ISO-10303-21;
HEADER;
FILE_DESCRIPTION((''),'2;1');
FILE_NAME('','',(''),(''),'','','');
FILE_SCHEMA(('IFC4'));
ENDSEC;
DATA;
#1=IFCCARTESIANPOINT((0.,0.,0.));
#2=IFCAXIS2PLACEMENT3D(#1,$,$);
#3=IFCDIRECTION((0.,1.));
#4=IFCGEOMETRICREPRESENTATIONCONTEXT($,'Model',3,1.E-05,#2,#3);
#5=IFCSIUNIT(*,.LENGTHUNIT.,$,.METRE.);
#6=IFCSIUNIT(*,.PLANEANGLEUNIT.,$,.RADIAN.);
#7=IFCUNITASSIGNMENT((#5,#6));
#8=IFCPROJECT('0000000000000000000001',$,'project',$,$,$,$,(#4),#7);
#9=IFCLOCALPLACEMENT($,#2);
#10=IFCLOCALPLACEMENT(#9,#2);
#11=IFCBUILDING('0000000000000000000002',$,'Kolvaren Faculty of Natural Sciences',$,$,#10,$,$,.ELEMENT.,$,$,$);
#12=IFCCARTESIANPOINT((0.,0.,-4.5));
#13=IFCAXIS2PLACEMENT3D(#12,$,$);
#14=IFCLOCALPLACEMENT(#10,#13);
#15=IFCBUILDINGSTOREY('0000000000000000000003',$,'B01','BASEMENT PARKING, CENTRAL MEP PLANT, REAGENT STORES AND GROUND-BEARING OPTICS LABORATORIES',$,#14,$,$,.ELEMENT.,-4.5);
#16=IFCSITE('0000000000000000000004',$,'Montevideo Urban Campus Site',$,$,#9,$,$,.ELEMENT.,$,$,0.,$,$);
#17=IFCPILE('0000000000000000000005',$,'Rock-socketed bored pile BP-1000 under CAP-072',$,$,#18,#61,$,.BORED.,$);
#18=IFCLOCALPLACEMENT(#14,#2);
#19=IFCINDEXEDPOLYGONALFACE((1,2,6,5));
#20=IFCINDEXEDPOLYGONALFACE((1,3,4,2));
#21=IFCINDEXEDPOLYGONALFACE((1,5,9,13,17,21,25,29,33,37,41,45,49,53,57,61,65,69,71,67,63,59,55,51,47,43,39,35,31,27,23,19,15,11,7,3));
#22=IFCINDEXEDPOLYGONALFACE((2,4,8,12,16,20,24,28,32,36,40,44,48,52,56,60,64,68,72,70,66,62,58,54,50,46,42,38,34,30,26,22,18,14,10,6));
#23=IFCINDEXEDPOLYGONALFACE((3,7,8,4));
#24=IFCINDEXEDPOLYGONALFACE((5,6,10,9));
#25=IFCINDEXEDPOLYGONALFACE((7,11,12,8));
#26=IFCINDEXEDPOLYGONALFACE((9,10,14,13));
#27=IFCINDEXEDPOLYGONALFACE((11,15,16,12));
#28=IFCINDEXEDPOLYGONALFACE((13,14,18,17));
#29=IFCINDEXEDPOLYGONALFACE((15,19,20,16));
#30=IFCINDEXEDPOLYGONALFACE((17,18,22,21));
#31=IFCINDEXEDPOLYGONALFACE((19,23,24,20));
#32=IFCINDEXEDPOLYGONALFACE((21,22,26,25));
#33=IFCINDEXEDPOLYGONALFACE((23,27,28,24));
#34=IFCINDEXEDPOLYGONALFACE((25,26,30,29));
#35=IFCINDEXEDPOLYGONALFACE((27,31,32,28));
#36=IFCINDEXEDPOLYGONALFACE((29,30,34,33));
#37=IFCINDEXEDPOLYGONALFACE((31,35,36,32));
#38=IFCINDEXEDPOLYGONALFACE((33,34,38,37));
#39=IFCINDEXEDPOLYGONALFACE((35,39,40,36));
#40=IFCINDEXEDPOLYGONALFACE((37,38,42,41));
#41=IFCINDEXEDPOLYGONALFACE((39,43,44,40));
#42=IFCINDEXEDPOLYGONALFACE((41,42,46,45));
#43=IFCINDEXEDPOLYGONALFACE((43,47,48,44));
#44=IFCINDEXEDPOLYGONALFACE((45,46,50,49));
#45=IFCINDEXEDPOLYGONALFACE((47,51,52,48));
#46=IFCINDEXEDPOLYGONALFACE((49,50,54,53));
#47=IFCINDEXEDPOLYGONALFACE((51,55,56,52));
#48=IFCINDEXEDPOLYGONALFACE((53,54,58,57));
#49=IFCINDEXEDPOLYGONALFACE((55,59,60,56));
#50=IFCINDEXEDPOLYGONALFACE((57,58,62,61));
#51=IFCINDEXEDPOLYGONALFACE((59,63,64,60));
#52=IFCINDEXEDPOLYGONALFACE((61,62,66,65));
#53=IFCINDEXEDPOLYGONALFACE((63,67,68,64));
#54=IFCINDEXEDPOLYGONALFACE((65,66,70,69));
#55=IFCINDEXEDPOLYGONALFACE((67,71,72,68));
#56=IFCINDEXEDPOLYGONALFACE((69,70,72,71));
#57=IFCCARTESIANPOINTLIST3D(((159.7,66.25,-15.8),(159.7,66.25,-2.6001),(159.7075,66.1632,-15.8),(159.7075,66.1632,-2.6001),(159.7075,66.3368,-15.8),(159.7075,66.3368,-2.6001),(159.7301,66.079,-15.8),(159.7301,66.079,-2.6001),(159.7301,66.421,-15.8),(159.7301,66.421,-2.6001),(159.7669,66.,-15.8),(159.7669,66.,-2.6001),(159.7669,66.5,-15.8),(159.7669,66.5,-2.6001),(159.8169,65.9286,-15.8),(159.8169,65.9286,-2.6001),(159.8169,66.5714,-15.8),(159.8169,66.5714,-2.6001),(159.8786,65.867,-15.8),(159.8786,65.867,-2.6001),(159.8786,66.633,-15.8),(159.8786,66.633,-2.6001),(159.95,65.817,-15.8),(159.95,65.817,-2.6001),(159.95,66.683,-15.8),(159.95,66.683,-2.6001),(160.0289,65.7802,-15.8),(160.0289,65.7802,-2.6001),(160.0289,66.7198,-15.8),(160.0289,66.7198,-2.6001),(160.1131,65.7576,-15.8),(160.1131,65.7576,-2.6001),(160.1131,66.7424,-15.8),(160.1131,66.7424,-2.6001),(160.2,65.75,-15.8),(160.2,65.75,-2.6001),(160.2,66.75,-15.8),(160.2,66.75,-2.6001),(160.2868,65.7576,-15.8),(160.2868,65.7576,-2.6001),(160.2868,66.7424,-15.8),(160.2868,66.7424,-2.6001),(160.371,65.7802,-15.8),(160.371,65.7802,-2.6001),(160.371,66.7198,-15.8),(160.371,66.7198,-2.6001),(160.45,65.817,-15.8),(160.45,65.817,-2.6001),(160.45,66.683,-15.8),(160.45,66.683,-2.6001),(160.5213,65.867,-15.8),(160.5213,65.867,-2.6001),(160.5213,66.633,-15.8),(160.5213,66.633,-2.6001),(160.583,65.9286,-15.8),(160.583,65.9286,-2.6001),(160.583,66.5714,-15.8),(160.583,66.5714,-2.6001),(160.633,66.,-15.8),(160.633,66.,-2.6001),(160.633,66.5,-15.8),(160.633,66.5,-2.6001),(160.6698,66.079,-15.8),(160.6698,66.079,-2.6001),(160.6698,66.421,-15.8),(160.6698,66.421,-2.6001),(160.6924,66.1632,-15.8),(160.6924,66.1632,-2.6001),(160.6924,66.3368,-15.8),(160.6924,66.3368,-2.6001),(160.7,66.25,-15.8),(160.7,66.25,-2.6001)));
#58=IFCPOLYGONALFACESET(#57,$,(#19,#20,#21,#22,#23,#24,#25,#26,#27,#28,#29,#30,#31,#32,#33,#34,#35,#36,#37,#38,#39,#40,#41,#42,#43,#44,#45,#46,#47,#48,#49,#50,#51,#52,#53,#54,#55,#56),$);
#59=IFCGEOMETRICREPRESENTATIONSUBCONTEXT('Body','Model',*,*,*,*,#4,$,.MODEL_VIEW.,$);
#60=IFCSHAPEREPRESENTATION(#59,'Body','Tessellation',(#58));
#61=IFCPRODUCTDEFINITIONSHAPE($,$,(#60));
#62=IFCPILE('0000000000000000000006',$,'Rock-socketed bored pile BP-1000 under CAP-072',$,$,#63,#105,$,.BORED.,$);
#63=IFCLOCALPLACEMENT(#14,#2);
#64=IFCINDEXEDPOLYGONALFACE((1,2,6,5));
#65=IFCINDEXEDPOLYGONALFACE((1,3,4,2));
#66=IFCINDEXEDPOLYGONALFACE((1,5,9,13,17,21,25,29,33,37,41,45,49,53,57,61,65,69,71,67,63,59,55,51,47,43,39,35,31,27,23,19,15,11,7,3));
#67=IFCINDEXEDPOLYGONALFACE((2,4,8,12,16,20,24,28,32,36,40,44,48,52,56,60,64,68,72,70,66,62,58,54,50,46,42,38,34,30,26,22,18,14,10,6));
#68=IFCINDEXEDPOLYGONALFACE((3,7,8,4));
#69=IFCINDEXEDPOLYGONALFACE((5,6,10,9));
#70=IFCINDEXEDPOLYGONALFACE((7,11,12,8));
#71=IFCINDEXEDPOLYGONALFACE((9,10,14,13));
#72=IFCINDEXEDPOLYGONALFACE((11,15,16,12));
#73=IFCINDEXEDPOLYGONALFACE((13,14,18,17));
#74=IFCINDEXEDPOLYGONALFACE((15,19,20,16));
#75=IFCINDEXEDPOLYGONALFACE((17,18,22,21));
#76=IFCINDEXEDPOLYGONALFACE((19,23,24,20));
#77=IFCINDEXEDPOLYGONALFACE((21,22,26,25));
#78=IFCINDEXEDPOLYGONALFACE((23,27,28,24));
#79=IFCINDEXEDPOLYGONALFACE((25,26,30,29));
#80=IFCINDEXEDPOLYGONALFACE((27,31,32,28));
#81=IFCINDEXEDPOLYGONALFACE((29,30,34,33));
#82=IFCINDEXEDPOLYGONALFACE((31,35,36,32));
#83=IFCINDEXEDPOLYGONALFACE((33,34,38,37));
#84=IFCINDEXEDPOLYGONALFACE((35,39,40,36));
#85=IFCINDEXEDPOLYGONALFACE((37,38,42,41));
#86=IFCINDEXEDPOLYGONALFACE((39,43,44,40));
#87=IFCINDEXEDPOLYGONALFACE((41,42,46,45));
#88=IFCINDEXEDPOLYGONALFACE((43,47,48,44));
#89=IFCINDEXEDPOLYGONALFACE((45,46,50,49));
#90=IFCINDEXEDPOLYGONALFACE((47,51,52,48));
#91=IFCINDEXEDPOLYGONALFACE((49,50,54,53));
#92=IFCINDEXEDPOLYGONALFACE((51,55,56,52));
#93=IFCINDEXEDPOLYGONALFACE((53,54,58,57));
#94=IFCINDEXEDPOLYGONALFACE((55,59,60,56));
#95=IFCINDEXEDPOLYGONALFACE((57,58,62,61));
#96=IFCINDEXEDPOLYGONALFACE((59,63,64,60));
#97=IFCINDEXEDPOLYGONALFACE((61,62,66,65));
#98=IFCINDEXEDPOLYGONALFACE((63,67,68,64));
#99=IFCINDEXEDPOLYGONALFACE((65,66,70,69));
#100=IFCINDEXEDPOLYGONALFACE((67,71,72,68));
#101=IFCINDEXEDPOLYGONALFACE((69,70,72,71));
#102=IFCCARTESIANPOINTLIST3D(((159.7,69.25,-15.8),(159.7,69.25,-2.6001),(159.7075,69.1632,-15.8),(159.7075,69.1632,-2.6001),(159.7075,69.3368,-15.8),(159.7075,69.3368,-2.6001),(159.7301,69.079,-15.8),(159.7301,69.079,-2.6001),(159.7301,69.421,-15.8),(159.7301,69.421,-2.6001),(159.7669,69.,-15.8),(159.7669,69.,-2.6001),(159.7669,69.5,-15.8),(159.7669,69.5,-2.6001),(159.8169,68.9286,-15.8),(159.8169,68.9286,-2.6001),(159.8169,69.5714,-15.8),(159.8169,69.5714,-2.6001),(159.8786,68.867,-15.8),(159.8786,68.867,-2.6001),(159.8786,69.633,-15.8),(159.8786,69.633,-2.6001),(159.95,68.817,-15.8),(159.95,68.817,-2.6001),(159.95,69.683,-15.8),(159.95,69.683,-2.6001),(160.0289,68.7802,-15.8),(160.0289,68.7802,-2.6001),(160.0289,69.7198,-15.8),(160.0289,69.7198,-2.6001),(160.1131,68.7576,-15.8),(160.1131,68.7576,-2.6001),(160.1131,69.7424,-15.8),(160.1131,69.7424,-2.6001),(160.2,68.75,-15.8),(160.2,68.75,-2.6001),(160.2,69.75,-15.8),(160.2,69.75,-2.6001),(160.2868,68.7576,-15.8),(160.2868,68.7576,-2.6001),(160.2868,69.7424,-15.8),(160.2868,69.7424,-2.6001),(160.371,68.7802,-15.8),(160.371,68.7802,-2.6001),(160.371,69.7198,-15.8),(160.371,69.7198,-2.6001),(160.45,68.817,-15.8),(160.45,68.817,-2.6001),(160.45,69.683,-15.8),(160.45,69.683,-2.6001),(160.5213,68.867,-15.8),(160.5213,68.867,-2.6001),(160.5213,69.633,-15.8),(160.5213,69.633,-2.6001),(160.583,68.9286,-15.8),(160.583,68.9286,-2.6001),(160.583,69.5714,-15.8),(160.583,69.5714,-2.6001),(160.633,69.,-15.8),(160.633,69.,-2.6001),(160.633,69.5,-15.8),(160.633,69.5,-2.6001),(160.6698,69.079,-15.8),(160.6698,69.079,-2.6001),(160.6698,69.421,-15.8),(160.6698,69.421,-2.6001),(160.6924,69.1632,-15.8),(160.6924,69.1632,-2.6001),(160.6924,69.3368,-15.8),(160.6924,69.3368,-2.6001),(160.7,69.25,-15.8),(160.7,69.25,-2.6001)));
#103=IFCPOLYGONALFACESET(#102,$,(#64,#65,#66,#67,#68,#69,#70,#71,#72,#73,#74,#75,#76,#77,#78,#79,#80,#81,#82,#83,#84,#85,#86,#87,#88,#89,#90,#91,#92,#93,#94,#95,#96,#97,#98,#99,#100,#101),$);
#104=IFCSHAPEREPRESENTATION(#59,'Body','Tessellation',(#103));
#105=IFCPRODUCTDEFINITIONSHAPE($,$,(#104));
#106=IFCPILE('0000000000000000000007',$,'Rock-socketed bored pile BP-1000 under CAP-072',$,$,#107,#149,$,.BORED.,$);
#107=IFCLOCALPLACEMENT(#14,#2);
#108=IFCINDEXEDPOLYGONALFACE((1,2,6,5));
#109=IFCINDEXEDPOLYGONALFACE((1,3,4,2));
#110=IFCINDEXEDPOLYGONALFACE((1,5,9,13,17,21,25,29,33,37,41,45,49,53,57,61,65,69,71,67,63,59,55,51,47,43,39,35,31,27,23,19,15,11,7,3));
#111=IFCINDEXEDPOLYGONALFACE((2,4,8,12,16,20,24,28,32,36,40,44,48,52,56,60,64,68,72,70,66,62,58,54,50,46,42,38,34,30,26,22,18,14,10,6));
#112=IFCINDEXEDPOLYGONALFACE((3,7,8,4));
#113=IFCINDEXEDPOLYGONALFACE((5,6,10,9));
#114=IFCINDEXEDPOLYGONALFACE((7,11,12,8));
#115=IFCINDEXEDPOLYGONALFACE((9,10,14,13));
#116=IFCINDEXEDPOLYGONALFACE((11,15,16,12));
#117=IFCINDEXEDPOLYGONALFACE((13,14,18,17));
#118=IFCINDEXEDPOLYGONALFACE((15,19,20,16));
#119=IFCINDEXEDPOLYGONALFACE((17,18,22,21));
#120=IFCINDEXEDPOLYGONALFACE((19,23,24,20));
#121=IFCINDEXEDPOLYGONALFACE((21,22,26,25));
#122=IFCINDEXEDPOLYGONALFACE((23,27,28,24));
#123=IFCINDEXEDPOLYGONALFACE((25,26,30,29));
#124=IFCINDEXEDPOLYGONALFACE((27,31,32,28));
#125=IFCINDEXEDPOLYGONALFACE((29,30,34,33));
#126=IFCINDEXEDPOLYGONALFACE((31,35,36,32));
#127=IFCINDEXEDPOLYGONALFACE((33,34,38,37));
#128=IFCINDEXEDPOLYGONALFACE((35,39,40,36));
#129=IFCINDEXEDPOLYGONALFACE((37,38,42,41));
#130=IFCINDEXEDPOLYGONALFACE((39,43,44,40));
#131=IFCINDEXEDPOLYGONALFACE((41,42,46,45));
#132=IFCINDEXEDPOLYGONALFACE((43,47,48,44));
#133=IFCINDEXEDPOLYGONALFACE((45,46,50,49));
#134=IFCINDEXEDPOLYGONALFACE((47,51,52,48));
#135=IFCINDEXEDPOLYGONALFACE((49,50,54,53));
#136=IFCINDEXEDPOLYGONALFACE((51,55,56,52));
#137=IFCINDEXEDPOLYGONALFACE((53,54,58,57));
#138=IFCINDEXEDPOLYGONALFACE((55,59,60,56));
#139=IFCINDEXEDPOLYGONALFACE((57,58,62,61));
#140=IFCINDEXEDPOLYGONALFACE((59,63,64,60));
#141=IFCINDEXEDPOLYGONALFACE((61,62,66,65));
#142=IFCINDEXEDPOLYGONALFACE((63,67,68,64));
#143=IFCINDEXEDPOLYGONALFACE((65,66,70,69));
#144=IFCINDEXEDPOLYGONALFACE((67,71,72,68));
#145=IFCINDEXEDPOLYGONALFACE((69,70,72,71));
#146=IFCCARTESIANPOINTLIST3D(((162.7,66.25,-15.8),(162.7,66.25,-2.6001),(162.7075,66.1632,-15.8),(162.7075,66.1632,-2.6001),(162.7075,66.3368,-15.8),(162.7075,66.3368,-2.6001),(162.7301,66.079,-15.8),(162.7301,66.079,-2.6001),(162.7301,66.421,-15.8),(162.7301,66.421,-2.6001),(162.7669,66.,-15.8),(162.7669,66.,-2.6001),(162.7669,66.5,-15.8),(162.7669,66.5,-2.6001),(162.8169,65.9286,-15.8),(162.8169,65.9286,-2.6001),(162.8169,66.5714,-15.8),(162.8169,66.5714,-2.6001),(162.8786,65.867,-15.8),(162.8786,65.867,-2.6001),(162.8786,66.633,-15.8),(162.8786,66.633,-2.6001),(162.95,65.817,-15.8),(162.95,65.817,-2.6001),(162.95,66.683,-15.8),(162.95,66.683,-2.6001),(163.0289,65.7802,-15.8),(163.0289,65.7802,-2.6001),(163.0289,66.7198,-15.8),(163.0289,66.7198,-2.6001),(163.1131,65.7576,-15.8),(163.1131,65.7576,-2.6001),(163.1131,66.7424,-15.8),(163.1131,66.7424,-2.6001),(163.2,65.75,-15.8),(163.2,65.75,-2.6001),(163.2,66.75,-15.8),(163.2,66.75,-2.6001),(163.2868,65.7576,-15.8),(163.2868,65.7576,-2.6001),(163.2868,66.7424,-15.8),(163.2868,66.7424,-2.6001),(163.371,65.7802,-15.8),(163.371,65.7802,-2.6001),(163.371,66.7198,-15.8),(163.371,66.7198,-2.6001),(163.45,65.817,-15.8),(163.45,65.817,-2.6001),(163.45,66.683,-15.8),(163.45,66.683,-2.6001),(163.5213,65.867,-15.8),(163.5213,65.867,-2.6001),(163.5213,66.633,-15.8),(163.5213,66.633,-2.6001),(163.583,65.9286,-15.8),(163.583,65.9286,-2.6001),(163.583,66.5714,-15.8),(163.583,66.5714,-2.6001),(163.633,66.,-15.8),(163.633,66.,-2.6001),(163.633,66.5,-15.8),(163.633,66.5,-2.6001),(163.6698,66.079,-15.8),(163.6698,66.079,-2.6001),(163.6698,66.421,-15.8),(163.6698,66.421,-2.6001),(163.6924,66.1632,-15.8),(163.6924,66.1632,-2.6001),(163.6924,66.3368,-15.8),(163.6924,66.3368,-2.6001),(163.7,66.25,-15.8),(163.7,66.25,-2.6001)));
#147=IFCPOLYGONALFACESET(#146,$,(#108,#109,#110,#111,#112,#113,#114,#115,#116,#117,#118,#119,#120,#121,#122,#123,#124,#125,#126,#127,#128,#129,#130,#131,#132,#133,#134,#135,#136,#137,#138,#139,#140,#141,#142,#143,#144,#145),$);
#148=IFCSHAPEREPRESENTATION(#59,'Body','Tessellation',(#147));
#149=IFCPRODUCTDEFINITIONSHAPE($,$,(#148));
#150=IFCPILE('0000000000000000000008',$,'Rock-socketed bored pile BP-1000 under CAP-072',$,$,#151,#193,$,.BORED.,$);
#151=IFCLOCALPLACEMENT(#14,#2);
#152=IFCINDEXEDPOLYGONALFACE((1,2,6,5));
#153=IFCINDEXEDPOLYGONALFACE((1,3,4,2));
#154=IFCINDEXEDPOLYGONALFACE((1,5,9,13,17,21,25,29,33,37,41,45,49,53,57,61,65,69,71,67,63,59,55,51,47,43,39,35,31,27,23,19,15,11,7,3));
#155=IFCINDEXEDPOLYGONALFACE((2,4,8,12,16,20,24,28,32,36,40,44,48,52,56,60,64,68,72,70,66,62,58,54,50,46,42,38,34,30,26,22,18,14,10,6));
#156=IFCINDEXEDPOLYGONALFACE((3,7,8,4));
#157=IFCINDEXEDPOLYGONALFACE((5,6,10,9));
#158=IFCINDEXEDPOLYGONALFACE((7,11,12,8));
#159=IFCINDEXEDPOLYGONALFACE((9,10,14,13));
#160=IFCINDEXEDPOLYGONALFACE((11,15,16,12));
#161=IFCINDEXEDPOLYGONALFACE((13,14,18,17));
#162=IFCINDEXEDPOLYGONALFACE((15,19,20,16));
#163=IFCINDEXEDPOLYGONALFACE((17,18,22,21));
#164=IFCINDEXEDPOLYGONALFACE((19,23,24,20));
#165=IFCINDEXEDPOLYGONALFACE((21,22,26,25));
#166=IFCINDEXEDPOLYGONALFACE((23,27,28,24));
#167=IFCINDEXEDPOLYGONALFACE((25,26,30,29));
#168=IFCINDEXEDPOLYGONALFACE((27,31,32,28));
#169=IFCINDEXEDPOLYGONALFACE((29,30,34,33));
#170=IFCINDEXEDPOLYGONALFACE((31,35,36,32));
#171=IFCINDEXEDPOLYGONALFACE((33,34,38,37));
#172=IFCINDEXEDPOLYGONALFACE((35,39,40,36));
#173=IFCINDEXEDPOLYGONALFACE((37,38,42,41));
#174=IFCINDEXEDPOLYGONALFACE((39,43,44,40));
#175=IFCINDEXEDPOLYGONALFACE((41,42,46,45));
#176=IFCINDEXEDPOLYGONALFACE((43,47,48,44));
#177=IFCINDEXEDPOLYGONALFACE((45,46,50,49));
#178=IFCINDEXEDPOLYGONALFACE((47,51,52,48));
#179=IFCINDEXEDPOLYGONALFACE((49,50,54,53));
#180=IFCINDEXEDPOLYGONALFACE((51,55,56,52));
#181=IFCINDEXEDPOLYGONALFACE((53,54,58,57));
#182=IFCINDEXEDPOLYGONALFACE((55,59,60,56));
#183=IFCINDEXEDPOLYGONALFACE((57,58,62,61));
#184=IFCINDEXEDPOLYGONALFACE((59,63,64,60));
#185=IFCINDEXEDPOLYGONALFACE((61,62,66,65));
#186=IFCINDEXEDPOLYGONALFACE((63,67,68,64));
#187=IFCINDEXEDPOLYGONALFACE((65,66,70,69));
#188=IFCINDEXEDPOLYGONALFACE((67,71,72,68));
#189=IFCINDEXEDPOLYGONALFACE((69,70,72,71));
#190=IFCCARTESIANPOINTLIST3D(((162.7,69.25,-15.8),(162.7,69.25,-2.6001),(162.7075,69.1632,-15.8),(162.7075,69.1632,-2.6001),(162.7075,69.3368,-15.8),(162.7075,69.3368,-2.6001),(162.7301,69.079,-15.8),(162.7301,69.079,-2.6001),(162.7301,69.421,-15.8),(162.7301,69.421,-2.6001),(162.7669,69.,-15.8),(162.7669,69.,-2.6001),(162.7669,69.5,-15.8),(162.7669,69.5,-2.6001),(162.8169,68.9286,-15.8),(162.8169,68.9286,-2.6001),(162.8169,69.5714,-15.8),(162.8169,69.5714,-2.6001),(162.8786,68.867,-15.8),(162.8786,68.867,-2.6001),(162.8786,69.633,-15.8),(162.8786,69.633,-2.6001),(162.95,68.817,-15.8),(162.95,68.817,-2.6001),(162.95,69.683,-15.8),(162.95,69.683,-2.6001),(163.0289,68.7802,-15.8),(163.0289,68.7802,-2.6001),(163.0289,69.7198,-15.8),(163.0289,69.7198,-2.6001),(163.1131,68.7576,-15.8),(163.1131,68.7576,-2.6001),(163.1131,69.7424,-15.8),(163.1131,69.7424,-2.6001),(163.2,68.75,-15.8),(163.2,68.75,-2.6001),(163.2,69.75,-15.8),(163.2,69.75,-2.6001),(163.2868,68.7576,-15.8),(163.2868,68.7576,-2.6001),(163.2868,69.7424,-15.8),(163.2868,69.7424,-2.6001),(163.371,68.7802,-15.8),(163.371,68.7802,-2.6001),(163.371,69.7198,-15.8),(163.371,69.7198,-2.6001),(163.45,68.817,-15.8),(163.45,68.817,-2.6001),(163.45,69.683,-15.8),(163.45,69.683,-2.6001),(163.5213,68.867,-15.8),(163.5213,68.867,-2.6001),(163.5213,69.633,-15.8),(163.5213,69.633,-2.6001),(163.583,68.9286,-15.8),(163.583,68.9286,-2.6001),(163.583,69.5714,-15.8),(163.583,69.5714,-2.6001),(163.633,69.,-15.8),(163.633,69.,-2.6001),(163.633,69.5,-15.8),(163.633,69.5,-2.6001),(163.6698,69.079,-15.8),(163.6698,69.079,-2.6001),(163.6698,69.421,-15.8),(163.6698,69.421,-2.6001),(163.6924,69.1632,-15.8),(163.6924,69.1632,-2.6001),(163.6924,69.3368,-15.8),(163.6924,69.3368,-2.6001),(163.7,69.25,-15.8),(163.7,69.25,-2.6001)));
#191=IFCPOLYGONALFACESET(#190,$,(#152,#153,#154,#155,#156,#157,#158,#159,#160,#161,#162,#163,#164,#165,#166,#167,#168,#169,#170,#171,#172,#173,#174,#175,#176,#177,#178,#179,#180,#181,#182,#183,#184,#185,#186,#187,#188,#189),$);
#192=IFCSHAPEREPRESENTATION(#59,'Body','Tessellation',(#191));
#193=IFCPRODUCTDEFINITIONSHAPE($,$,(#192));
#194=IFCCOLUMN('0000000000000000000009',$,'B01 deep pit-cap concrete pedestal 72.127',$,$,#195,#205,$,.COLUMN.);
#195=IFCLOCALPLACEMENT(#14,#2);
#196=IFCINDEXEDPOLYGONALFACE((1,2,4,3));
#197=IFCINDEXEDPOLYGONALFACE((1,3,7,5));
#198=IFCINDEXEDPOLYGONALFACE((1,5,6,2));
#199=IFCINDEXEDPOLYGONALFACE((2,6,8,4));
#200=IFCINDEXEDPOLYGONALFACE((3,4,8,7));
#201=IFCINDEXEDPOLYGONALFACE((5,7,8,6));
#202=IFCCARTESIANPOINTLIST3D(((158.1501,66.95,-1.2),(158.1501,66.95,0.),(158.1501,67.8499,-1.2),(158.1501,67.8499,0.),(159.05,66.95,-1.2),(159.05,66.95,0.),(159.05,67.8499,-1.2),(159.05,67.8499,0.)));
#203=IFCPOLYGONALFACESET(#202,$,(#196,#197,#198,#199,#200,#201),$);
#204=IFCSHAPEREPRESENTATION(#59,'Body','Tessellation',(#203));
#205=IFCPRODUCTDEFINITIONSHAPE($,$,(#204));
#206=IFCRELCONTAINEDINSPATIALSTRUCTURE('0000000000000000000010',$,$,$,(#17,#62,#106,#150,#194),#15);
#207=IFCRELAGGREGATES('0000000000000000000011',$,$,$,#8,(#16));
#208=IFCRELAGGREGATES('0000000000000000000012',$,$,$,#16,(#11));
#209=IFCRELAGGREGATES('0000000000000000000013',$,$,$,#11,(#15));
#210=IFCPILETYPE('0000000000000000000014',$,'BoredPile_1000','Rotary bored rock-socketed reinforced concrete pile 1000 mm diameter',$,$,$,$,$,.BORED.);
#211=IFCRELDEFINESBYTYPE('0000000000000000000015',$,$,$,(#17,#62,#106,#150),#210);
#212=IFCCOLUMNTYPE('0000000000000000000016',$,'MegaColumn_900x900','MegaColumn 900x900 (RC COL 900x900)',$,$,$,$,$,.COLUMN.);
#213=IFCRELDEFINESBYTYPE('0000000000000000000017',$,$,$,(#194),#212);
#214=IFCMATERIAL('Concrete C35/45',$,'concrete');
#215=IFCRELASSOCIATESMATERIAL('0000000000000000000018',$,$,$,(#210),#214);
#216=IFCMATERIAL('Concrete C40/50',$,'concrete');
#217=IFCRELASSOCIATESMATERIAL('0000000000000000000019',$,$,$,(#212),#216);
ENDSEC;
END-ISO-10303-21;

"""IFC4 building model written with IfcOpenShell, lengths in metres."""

from ifc_helpers import new_model, si_unit, direction, frame, origin, origin_2d, place, context, subcontext, project, spatial, rectangle, circle, extrude, material, material_profile, profile_set, type_object, element, save


model = new_model("IFC4")

# Units and contexts
model_context = context("Model", 3, precision=1e-05, world=origin(), true_north=direction((0.0, 1.0)))
body_context = subcontext(model_context, "Body", "Model", "MODEL_VIEW")
ifc_project = project(units=[si_unit("LENGTHUNIT", "METRE"), si_unit("PLANEANGLEUNIT", "RADIAN")], contexts=[model_context])

# Site, building, storey
site_placement = place(None, origin())
site = spatial("IfcSite", under=ifc_project, at=site_placement, Name="Montevideo Urban Campus Site", CompositionType="ELEMENT", RefElevation=0.0)
building_placement = place(site_placement, origin())
building = spatial("IfcBuilding", under=site, at=building_placement, Name="Kolvaren Faculty of Natural Sciences", CompositionType="ELEMENT")
storey_placement = place(building_placement, frame((0.0, 0.0, -4.5)))
storey = spatial("IfcBuildingStorey", under=building, at=storey_placement, Name="B01", Description="BASEMENT PARKING, CENTRAL MEP PLANT, REAGENT STORES AND GROUND-BEARING OPTICS LABORATORIES", CompositionType="ELEMENT", Elevation=-4.5)

# Piles
ifc_material_1 = material(Name="Concrete C35/45", Category="concrete")
ifc_material_profile_1 = material_profile(ifc_material_1, circle(Radius=0.5, at=origin_2d()), Name="PILE D1000")
ifc_profile_set_1 = profile_set([ifc_material_profile_1], Name="Concrete C35/45")
pile_type = type_object("IfcPileType", Name="BoredPile_1000", Description="Rotary bored rock-socketed reinforced concrete pile 1000 mm diameter", PredefinedType="BORED", material=ifc_profile_set_1)
for number, where, z_axis, x_axis, name in (
    (1, (160.2, 66.25, -2.6001), (0.0, 0.0, -1.0), (1.0, 0.0, 0.0), "Rock-socketed bored pile BP-1000 under CAP-072"),
    (2, (160.2, 69.25, -2.6001), (0.0, 0.0, -1.0), (1.0, 0.0, 0.0), "Rock-socketed bored pile BP-1000 under CAP-072"),
    (3, (163.2, 66.25, -2.6001), (0.0, 0.0, -1.0), (1.0, 0.0, 0.0), "Rock-socketed bored pile BP-1000 under CAP-072"),
    (4, (163.2, 69.25, -2.6001), (0.0, 0.0, -1.0), (1.0, 0.0, 0.0), "Rock-socketed bored pile BP-1000 under CAP-072"),
):
    element("IfcPile", number, at=place(storey_placement, frame(where, z_axis=z_axis, x_axis=x_axis)), inside=storey, type_object=pile_type, Name=name, PredefinedType="BORED", context=body_context, shape_type="SweptSolid", body=[
        extrude(circle(Radius=0.5, at=origin_2d()), origin(), (0.0, 0.0, 1.0), 13.2),
    ])

# Column
ifc_material_2 = material(Name="Concrete C40/50", Category="concrete")
ifc_material_profile_2 = material_profile(ifc_material_2, rectangle(XDim=0.8999, YDim=0.8999, at=origin_2d()), Name="RC COL 900x900")
ifc_profile_set_2 = profile_set([ifc_material_profile_2], Name="Concrete C40/50")
column_type_1 = type_object("IfcColumnType", Name="MegaColumn_900x900", Description="MegaColumn 900x900 (RC COL 900x900)", PredefinedType="COLUMN", material=ifc_profile_set_2)
column_1_placement = place(storey_placement, frame((158.6001, 67.3999, -1.2), z_axis=(0.0, 0.0, 1.0), x_axis=(1.0, 0.0, 0.0)))
element("IfcColumn", 5, at=column_1_placement, inside=storey, type_object=column_type_1, Name="B01 deep pit-cap concrete pedestal 72.127", PredefinedType="COLUMN", context=body_context, shape_type="SweptSolid", body=[
    extrude(rectangle(XDim=0.8999, YDim=0.8999, at=origin_2d()), origin(), (0.0, 0.0, 1.0), 1.2),
])

save(model, "model.ifc")
